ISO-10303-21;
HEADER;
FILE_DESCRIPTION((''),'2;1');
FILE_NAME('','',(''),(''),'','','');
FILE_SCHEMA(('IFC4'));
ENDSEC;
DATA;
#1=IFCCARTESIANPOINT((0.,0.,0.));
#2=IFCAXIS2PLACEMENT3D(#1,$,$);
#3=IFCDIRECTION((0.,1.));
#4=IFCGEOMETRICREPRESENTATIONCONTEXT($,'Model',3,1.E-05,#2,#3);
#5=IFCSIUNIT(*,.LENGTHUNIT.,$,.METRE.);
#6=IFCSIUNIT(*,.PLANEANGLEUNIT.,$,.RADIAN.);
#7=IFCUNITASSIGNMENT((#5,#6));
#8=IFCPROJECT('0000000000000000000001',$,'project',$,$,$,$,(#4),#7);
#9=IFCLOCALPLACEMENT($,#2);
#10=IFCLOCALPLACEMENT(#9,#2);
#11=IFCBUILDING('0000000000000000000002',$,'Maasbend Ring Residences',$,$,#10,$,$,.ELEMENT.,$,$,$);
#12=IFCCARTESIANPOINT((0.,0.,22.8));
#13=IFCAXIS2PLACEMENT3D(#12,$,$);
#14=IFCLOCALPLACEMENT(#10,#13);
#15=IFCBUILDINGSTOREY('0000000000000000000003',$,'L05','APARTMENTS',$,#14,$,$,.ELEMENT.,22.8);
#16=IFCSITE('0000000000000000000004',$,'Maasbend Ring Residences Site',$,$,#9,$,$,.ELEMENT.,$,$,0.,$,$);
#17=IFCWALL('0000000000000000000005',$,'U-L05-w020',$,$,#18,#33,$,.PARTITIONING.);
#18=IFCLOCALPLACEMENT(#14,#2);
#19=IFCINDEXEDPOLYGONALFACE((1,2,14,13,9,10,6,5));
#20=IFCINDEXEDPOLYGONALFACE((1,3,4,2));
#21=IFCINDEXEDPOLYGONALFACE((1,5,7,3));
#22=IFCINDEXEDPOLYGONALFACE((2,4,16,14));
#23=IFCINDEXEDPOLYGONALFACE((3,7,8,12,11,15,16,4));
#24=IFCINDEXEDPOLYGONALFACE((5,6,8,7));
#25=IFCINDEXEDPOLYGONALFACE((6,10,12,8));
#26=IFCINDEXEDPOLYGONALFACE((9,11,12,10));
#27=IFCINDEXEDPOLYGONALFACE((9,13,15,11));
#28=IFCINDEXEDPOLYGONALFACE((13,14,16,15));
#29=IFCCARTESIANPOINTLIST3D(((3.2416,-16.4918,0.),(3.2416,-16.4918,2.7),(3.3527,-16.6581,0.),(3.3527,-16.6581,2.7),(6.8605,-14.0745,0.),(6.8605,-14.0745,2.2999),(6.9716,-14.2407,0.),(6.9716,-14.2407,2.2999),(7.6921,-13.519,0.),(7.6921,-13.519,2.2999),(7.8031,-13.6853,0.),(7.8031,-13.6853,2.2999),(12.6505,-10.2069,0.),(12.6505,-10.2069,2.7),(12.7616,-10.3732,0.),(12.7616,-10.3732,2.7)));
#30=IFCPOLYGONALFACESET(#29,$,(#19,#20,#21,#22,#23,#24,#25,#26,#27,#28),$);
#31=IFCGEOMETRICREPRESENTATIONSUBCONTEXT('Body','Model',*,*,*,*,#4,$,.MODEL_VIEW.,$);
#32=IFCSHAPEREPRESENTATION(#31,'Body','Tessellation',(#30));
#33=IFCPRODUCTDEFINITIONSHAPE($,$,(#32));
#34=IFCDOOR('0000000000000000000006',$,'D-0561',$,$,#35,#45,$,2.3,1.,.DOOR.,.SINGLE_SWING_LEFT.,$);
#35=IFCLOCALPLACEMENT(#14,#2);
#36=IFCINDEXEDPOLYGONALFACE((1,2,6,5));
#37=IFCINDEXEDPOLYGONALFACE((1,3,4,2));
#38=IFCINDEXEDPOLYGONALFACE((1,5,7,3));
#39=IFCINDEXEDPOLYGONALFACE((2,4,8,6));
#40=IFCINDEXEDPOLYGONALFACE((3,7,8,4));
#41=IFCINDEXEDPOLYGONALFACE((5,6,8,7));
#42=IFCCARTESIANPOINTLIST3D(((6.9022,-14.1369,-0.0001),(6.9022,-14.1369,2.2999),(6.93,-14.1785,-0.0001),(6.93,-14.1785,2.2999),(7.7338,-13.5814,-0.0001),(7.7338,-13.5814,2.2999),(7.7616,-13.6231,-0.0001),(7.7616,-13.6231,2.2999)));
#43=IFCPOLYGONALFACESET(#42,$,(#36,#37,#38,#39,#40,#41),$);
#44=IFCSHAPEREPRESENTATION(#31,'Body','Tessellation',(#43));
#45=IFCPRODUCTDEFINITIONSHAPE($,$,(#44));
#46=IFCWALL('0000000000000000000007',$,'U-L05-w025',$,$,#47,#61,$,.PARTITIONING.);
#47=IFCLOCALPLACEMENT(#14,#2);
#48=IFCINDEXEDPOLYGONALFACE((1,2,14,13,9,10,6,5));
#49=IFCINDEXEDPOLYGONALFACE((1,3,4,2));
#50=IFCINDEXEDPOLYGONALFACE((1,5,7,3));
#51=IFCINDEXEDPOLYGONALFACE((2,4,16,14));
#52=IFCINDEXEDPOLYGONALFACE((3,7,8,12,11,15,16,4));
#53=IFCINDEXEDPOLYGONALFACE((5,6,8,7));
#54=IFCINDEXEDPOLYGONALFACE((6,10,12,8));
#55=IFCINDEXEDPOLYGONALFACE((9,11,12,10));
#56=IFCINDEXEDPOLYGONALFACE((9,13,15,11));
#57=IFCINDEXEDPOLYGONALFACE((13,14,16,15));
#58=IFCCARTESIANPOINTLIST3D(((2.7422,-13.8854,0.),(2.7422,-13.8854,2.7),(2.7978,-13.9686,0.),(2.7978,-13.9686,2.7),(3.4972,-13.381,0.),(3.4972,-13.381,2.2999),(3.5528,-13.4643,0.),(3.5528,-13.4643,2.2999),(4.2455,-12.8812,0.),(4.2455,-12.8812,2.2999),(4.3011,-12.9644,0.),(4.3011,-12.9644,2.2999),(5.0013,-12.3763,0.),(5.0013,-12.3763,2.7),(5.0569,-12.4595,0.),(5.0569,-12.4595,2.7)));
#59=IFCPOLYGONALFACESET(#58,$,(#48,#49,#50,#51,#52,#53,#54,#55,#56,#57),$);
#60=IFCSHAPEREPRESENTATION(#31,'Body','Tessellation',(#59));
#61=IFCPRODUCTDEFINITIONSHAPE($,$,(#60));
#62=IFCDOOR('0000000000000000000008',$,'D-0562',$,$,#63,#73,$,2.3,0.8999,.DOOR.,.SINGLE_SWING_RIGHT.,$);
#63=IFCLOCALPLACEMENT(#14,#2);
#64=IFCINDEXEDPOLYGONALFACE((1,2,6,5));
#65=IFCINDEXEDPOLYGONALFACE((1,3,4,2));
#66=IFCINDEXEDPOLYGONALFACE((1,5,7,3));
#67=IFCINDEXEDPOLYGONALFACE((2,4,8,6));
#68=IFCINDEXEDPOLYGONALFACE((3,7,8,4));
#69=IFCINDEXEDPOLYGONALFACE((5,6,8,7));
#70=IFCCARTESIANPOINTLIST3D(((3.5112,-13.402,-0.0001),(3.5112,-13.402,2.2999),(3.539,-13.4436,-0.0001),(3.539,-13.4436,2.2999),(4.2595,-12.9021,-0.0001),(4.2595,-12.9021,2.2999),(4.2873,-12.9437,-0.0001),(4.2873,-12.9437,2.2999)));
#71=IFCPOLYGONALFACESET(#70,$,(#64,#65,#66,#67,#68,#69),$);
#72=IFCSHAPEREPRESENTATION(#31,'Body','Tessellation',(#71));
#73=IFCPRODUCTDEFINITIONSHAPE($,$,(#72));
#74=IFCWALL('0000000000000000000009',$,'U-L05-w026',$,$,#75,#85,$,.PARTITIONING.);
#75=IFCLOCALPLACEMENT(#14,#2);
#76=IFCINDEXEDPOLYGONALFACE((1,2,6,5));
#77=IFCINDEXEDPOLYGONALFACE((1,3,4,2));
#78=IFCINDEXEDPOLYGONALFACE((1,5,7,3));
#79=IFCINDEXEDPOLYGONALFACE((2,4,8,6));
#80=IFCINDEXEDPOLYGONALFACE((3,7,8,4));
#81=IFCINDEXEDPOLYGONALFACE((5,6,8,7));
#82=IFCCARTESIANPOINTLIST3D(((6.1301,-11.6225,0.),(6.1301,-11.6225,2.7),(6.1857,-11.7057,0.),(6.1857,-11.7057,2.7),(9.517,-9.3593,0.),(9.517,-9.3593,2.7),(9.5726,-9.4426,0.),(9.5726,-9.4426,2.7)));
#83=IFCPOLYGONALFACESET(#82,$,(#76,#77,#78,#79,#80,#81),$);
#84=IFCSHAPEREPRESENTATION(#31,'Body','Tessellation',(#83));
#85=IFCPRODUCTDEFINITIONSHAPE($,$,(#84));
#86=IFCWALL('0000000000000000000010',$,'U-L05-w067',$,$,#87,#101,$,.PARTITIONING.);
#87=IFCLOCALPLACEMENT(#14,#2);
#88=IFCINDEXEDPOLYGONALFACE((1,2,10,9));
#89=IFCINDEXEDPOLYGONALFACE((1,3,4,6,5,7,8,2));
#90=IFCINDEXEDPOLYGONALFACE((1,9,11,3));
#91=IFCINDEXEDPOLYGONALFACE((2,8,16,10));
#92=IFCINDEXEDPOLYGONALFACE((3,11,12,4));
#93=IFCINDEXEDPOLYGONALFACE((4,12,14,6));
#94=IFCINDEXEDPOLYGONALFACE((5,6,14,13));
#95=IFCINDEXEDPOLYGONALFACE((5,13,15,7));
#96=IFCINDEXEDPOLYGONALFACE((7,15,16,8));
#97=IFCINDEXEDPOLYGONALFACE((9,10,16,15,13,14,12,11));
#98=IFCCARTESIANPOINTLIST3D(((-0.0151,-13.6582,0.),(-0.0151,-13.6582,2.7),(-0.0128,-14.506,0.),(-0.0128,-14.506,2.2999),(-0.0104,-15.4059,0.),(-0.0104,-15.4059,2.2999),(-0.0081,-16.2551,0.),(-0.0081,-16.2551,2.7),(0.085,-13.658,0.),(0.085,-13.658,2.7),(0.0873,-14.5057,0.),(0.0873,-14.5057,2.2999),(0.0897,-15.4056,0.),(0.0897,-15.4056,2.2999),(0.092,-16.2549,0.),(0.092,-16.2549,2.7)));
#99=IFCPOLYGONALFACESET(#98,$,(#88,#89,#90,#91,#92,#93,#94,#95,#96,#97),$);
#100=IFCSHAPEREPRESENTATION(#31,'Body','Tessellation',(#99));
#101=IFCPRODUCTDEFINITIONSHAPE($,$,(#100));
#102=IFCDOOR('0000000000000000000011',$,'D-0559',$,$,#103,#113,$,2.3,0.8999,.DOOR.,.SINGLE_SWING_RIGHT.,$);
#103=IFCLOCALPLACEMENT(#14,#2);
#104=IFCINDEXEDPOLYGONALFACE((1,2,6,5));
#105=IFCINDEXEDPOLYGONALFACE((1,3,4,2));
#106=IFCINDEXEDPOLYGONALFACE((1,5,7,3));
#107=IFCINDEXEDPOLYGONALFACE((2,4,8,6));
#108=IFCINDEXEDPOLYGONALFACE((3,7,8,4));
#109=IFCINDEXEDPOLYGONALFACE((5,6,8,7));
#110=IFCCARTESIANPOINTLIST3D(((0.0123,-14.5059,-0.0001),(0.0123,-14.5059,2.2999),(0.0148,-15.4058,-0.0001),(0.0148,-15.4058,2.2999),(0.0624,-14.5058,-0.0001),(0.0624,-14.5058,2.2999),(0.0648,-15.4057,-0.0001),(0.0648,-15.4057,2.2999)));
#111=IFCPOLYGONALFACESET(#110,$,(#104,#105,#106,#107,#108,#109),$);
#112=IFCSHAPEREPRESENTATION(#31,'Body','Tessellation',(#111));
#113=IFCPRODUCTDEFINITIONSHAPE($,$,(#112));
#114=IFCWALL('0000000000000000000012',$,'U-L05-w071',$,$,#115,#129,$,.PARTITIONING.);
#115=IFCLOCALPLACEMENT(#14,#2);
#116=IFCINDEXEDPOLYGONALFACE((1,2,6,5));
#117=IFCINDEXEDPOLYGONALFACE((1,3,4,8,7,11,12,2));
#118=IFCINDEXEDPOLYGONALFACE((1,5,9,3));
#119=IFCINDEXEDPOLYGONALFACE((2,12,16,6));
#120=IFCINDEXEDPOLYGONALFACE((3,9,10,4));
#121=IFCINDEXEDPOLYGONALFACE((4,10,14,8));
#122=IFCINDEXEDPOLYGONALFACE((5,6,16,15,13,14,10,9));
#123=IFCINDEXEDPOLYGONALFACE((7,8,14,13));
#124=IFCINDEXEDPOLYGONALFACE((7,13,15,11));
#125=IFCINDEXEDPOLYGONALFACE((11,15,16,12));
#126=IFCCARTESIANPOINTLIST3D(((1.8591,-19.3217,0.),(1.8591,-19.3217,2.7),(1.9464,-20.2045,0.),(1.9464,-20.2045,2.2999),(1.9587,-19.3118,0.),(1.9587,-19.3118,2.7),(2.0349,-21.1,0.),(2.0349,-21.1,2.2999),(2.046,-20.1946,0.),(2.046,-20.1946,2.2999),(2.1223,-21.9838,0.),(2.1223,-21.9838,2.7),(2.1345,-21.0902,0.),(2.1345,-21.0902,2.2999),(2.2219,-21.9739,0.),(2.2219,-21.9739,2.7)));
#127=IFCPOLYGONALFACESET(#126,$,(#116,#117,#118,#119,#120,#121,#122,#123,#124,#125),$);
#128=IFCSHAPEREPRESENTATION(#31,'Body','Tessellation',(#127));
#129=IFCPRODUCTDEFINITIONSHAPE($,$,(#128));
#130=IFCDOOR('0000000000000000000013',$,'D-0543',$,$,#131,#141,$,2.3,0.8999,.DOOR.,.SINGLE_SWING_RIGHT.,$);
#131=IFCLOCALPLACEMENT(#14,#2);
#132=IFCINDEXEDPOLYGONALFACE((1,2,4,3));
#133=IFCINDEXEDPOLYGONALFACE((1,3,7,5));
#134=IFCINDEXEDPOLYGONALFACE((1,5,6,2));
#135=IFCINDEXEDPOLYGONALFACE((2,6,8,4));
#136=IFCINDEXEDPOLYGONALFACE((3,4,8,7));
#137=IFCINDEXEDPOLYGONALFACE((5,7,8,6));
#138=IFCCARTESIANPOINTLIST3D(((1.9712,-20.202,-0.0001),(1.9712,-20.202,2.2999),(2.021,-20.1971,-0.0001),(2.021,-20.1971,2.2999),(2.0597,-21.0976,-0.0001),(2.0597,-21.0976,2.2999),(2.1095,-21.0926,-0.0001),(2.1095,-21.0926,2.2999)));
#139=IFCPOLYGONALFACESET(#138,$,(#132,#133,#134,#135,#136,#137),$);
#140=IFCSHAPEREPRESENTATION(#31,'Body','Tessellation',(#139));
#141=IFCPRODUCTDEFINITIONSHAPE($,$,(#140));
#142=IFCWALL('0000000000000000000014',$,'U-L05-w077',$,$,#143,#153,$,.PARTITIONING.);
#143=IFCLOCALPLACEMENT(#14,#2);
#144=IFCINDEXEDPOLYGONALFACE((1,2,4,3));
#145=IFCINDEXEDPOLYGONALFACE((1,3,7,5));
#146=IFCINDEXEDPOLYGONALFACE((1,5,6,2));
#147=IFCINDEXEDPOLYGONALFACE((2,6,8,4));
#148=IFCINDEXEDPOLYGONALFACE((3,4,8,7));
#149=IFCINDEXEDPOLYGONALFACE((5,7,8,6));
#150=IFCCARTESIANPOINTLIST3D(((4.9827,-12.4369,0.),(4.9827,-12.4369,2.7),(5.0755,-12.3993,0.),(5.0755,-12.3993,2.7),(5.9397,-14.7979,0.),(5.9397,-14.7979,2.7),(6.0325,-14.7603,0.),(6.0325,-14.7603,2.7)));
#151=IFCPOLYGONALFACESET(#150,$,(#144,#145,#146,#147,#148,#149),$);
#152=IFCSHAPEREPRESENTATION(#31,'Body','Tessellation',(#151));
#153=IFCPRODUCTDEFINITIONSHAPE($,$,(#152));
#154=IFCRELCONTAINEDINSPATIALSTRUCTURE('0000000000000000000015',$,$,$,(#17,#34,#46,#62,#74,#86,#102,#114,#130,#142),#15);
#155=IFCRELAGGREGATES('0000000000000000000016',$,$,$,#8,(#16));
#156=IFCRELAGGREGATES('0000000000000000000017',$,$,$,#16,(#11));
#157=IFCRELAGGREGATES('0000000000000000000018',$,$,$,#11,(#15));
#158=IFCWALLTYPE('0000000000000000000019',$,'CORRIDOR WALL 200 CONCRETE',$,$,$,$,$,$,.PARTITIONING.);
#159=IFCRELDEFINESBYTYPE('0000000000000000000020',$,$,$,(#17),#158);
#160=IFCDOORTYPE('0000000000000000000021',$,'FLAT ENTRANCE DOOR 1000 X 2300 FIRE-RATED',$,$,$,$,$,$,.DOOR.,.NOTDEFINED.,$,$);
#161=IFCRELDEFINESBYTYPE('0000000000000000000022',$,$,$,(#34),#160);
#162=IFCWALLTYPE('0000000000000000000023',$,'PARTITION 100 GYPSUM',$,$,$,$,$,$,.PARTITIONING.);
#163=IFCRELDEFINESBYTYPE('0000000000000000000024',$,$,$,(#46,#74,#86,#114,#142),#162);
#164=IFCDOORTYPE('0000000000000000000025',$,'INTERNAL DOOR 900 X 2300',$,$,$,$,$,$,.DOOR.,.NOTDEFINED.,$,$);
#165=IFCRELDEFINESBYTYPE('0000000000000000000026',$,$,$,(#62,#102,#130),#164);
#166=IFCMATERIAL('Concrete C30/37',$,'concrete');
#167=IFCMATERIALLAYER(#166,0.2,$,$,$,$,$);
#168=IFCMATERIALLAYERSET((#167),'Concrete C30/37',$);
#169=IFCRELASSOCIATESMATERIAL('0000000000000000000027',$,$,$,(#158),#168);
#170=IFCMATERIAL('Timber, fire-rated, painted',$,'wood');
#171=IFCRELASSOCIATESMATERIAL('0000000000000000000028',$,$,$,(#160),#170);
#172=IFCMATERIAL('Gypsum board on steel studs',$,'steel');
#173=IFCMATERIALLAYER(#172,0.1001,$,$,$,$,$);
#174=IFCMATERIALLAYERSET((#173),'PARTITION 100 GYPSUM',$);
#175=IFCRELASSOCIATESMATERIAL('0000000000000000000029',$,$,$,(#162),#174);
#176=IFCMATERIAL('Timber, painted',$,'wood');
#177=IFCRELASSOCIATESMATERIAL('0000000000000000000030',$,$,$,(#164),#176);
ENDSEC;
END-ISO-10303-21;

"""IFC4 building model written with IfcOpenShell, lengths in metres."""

from ifc_helpers import new_model, si_unit, direction, frame, frame_2d, origin, place, context, subcontext, project, spatial, rectangle, extrude, material, layer, layer_set, type_object, element, fill, save


model = new_model("IFC4")

# Units and contexts
model_context = context("Model", 3, precision=1e-05, world=origin(), true_north=direction((0.0, 1.0)))
body_context = subcontext(model_context, "Body", "Model", "MODEL_VIEW")
ifc_project = project(units=[si_unit("LENGTHUNIT", "METRE"), si_unit("PLANEANGLEUNIT", "RADIAN")], contexts=[model_context])

# Site, building, storey
site_placement = place(None, origin())
site = spatial("IfcSite", under=ifc_project, at=site_placement, Name="Maasbend Ring Residences Site", CompositionType="ELEMENT", RefElevation=0.0)
building_placement = place(site_placement, origin())
building = spatial("IfcBuilding", under=site, at=building_placement, Name="Maasbend Ring Residences", CompositionType="ELEMENT")
storey_placement = place(building_placement, frame((0.0, 0.0, 22.8)))
storey = spatial("IfcBuildingStorey", under=building, at=storey_placement, Name="L05", Description="APARTMENTS", CompositionType="ELEMENT", Elevation=22.8)

# Walls, openings, doors
ifc_material_1 = material(Name="Concrete C30/37", Category="concrete")
ifc_layer_1 = layer(ifc_material_1, 0.2)
ifc_layer_set_1 = layer_set([ifc_layer_1], Name="Concrete C30/37")
wall_type_1 = type_object("IfcWallType", Name="CORRIDOR WALL 200 CONCRETE", PredefinedType="PARTITIONING", material=ifc_layer_set_1)
ifc_material_2 = material(Name="Timber, fire-rated, painted", Category="wood")
door_type_1 = type_object("IfcDoorType", Name="FLAT ENTRANCE DOOR 1000 X 2300 FIRE-RATED", OperationType="NOTDEFINED", PredefinedType="DOOR", material=ifc_material_2)
wall_1_placement = place(storey_placement, frame((3.2971, -16.575, 0.0), z_axis=(0.0, 0.0, 1.0), x_axis=(0.831549, 0.555452, 0.0)))
wall_1 = element("IfcWall", 1, at=wall_1_placement, inside=storey, type_object=wall_type_1, Name="U-L05-w020", PredefinedType="PARTITIONING", context=body_context, shape_type="SweptSolid", body=[
    extrude(rectangle(XDim=11.3149, YDim=0.2, at=frame_2d((5.6575, 0.0))), origin(), (0.0, 0.0, 1.0), 2.7),
])
opening_1_placement = place(wall_1_placement, frame((4.3521, 0.0, 0.0)))
opening_1 = element("IfcOpeningElement", 2, at=opening_1_placement, cuts=wall_1, PredefinedType="OPENING", context=body_context, shape_type="SweptSolid", body=[
    extrude(rectangle(XDim=1.0, YDim=2.3, at=frame_2d((0.5, 1.1499))), frame((0.0, 0.1099, 0.0), z_axis=(0.0, -1.0, 0.0), x_axis=(1.0, 0.0, 0.0)), (0.0, 0.0, 1.0), 0.22),
])
door_1_placement = place(opening_1_placement, origin())
door_1 = element("IfcDoor", 3, at=door_1_placement, inside=storey, type_object=door_type_1, Name="D-0561", OperationType="SINGLE_SWING_LEFT", OverallHeight=2.3, OverallWidth=1.0, PredefinedType="DOOR", context=body_context, shape_type="SweptSolid", body=[
    extrude(rectangle(XDim=1.0, YDim=2.3, at=frame_2d((0.5, 1.1499))), frame((0.0, 0.0249, 0.0), z_axis=(0.0, -1.0, 0.0), x_axis=(1.0, 0.0, 0.0)), (0.0, 0.0, 1.0), 0.05),
])
fill(opening_1, door_1)
ifc_material_3 = material(Name="Gypsum board on steel studs", Category="steel")
ifc_layer_2 = layer(ifc_material_3, 0.1001)
ifc_layer_set_2 = layer_set([ifc_layer_2], Name="PARTITION 100 GYPSUM")
wall_type_2 = type_object("IfcWallType", Name="PARTITION 100 GYPSUM", PredefinedType="PARTITIONING", material=ifc_layer_set_2)
wall_2_placement = place(storey_placement, frame((2.77, -13.927, 0.0), z_axis=(0.0, 0.0, 1.0), x_axis=(0.831538, 0.555467, 0.0)))
wall_2 = element("IfcWall", 4, at=wall_2_placement, inside=storey, type_object=wall_type_2, Name="U-L05-w025", PredefinedType="PARTITIONING", context=body_context, shape_type="SweptSolid", body=[
    extrude(rectangle(XDim=2.7168, YDim=0.1001, at=frame_2d((1.3584, 0.0))), origin(), (0.0, 0.0, 1.0), 2.7),
])
opening_2_placement = place(wall_2_placement, frame((0.908, 0.0, 0.0)))
opening_2 = element("IfcOpeningElement", 5, at=opening_2_placement, cuts=wall_2, PredefinedType="OPENING", context=body_context, shape_type="SweptSolid", body=[
    extrude(rectangle(XDim=0.8999, YDim=2.3, at=frame_2d((0.45, 1.1499))), frame((0.0, 0.0601, 0.0), z_axis=(0.0, -1.0, 0.0), x_axis=(1.0, 0.0, 0.0)), (0.0, 0.0, 1.0), 0.1201),
])
ifc_material_4 = material(Name="Timber, painted", Category="wood")
door_type_2 = type_object("IfcDoorType", Name="INTERNAL DOOR 900 X 2300", OperationType="NOTDEFINED", PredefinedType="DOOR", material=ifc_material_4)
door_2_placement = place(opening_2_placement, origin())
door_2 = element("IfcDoor", 6, at=door_2_placement, inside=storey, type_object=door_type_2, Name="D-0562", OperationType="SINGLE_SWING_RIGHT", OverallHeight=2.3, OverallWidth=0.8999, PredefinedType="DOOR", context=body_context, shape_type="SweptSolid", body=[
    extrude(rectangle(XDim=0.8999, YDim=2.3, at=frame_2d((0.45, 1.1499))), frame((0.0, 0.0249, 0.0), z_axis=(0.0, -1.0, 0.0), x_axis=(1.0, 0.0, 0.0)), (0.0, 0.0, 1.0), 0.05),
])
fill(opening_2, door_2)

# Wall
wall_3_placement = place(storey_placement, frame((6.158, -11.6641, 0.0), z_axis=(0.0, 0.0, 1.0), x_axis=(0.83146, 0.555585, 0.0)))
element("IfcWall", 7, at=wall_3_placement, inside=storey, type_object=wall_type_2, Name="U-L05-w026", PredefinedType="PARTITIONING", context=body_context, shape_type="SweptSolid", body=[
    extrude(rectangle(XDim=4.0735, YDim=0.1001, at=frame_2d((2.0366, 0.0))), origin(), (0.0, 0.0, 1.0), 2.7),
])

# Walls, openings, doors
wall_4_placement = place(storey_placement, frame((0.042, -16.2549, 0.0), z_axis=(0.0, 0.0, 1.0), x_axis=(-0.002726, 0.999996, 0.0)))
wall_4 = element("IfcWall", 8, at=wall_4_placement, inside=storey, type_object=wall_type_2, Name="U-L05-w067", PredefinedType="PARTITIONING", context=body_context, shape_type="SweptSolid", body=[
    extrude(rectangle(XDim=2.5969, YDim=0.1001, at=frame_2d((1.2983, 0.0))), origin(), (0.0, 0.0, 1.0), 2.7),
])
opening_3_placement = place(wall_4_placement, frame((0.8491, 0.0, 0.0)))
opening_3 = element("IfcOpeningElement", 9, at=opening_3_placement, cuts=wall_4, PredefinedType="OPENING", context=body_context, shape_type="SweptSolid", body=[
    extrude(rectangle(XDim=0.8999, YDim=2.3, at=frame_2d((0.45, 1.1499))), frame((0.0, 0.0601, 0.0), z_axis=(0.0, -1.0, 0.0), x_axis=(1.0, 0.0, 0.0)), (0.0, 0.0, 1.0), 0.1201),
])
door_3_placement = place(opening_3_placement, origin())
door_3 = element("IfcDoor", 10, at=door_3_placement, inside=storey, type_object=door_type_2, Name="D-0559", OperationType="SINGLE_SWING_RIGHT", OverallHeight=2.3, OverallWidth=0.8999, PredefinedType="DOOR", context=body_context, shape_type="SweptSolid", body=[
    extrude(rectangle(XDim=0.8999, YDim=2.3, at=frame_2d((0.45, 1.1499))), frame((0.0, 0.0249, 0.0), z_axis=(0.0, -1.0, 0.0), x_axis=(1.0, 0.0, 0.0)), (0.0, 0.0, 1.0), 0.05),
])
fill(opening_3, door_3)
wall_5_placement = place(storey_placement, frame((1.9089, -19.3169, 0.0), z_axis=(0.0, 0.0, 1.0), x_axis=(0.098383, -0.995149, 0.0)))
wall_5 = element("IfcWall", 11, at=wall_5_placement, inside=storey, type_object=wall_type_2, Name="U-L05-w071", PredefinedType="PARTITIONING", context=body_context, shape_type="SweptSolid", body=[
    extrude(rectangle(XDim=2.675, YDim=0.1001, at=frame_2d((1.3374, 0.0))), origin(), (0.0, 0.0, 1.0), 2.7),
])
opening_4_placement = place(wall_5_placement, frame((0.887, 0.0, 0.0)))
opening_4 = element("IfcOpeningElement", 12, at=opening_4_placement, cuts=wall_5, PredefinedType="OPENING", context=body_context, shape_type="SweptSolid", body=[
    extrude(rectangle(XDim=0.8999, YDim=2.3, at=frame_2d((0.45, 1.1499))), frame((0.0, 0.0601, 0.0), z_axis=(0.0, -1.0, 0.0), x_axis=(1.0, 0.0, 0.0)), (0.0, 0.0, 1.0), 0.1201),
])
door_4_placement = place(opening_4_placement, origin())
door_4 = element("IfcDoor", 13, at=door_4_placement, inside=storey, type_object=door_type_2, Name="D-0543", OperationType="SINGLE_SWING_RIGHT", OverallHeight=2.3, OverallWidth=0.8999, PredefinedType="DOOR", context=body_context, shape_type="SweptSolid", body=[
    extrude(rectangle(XDim=0.8999, YDim=2.3, at=frame_2d((0.45, 1.1499))), frame((0.0, 0.0249, 0.0), z_axis=(0.0, -1.0, 0.0), x_axis=(1.0, 0.0, 0.0)), (0.0, 0.0, 1.0), 0.05),
])
fill(opening_4, door_4)

# Wall
wall_6_placement = place(storey_placement, frame((5.0291, -12.418, 0.0), z_axis=(0.0, 0.0, 1.0), x_axis=(0.375649, -0.926762, 0.0)))
element("IfcWall", 14, at=wall_6_placement, inside=storey, type_object=wall_type_2, Name="U-L05-w077", PredefinedType="PARTITIONING", context=body_context, shape_type="SweptSolid", body=[
    extrude(rectangle(XDim=2.5476, YDim=0.1001, at=frame_2d((1.2739, 0.0))), origin(), (0.0, 0.0, 1.0), 2.7),
])

save(model, "model.ifc")
